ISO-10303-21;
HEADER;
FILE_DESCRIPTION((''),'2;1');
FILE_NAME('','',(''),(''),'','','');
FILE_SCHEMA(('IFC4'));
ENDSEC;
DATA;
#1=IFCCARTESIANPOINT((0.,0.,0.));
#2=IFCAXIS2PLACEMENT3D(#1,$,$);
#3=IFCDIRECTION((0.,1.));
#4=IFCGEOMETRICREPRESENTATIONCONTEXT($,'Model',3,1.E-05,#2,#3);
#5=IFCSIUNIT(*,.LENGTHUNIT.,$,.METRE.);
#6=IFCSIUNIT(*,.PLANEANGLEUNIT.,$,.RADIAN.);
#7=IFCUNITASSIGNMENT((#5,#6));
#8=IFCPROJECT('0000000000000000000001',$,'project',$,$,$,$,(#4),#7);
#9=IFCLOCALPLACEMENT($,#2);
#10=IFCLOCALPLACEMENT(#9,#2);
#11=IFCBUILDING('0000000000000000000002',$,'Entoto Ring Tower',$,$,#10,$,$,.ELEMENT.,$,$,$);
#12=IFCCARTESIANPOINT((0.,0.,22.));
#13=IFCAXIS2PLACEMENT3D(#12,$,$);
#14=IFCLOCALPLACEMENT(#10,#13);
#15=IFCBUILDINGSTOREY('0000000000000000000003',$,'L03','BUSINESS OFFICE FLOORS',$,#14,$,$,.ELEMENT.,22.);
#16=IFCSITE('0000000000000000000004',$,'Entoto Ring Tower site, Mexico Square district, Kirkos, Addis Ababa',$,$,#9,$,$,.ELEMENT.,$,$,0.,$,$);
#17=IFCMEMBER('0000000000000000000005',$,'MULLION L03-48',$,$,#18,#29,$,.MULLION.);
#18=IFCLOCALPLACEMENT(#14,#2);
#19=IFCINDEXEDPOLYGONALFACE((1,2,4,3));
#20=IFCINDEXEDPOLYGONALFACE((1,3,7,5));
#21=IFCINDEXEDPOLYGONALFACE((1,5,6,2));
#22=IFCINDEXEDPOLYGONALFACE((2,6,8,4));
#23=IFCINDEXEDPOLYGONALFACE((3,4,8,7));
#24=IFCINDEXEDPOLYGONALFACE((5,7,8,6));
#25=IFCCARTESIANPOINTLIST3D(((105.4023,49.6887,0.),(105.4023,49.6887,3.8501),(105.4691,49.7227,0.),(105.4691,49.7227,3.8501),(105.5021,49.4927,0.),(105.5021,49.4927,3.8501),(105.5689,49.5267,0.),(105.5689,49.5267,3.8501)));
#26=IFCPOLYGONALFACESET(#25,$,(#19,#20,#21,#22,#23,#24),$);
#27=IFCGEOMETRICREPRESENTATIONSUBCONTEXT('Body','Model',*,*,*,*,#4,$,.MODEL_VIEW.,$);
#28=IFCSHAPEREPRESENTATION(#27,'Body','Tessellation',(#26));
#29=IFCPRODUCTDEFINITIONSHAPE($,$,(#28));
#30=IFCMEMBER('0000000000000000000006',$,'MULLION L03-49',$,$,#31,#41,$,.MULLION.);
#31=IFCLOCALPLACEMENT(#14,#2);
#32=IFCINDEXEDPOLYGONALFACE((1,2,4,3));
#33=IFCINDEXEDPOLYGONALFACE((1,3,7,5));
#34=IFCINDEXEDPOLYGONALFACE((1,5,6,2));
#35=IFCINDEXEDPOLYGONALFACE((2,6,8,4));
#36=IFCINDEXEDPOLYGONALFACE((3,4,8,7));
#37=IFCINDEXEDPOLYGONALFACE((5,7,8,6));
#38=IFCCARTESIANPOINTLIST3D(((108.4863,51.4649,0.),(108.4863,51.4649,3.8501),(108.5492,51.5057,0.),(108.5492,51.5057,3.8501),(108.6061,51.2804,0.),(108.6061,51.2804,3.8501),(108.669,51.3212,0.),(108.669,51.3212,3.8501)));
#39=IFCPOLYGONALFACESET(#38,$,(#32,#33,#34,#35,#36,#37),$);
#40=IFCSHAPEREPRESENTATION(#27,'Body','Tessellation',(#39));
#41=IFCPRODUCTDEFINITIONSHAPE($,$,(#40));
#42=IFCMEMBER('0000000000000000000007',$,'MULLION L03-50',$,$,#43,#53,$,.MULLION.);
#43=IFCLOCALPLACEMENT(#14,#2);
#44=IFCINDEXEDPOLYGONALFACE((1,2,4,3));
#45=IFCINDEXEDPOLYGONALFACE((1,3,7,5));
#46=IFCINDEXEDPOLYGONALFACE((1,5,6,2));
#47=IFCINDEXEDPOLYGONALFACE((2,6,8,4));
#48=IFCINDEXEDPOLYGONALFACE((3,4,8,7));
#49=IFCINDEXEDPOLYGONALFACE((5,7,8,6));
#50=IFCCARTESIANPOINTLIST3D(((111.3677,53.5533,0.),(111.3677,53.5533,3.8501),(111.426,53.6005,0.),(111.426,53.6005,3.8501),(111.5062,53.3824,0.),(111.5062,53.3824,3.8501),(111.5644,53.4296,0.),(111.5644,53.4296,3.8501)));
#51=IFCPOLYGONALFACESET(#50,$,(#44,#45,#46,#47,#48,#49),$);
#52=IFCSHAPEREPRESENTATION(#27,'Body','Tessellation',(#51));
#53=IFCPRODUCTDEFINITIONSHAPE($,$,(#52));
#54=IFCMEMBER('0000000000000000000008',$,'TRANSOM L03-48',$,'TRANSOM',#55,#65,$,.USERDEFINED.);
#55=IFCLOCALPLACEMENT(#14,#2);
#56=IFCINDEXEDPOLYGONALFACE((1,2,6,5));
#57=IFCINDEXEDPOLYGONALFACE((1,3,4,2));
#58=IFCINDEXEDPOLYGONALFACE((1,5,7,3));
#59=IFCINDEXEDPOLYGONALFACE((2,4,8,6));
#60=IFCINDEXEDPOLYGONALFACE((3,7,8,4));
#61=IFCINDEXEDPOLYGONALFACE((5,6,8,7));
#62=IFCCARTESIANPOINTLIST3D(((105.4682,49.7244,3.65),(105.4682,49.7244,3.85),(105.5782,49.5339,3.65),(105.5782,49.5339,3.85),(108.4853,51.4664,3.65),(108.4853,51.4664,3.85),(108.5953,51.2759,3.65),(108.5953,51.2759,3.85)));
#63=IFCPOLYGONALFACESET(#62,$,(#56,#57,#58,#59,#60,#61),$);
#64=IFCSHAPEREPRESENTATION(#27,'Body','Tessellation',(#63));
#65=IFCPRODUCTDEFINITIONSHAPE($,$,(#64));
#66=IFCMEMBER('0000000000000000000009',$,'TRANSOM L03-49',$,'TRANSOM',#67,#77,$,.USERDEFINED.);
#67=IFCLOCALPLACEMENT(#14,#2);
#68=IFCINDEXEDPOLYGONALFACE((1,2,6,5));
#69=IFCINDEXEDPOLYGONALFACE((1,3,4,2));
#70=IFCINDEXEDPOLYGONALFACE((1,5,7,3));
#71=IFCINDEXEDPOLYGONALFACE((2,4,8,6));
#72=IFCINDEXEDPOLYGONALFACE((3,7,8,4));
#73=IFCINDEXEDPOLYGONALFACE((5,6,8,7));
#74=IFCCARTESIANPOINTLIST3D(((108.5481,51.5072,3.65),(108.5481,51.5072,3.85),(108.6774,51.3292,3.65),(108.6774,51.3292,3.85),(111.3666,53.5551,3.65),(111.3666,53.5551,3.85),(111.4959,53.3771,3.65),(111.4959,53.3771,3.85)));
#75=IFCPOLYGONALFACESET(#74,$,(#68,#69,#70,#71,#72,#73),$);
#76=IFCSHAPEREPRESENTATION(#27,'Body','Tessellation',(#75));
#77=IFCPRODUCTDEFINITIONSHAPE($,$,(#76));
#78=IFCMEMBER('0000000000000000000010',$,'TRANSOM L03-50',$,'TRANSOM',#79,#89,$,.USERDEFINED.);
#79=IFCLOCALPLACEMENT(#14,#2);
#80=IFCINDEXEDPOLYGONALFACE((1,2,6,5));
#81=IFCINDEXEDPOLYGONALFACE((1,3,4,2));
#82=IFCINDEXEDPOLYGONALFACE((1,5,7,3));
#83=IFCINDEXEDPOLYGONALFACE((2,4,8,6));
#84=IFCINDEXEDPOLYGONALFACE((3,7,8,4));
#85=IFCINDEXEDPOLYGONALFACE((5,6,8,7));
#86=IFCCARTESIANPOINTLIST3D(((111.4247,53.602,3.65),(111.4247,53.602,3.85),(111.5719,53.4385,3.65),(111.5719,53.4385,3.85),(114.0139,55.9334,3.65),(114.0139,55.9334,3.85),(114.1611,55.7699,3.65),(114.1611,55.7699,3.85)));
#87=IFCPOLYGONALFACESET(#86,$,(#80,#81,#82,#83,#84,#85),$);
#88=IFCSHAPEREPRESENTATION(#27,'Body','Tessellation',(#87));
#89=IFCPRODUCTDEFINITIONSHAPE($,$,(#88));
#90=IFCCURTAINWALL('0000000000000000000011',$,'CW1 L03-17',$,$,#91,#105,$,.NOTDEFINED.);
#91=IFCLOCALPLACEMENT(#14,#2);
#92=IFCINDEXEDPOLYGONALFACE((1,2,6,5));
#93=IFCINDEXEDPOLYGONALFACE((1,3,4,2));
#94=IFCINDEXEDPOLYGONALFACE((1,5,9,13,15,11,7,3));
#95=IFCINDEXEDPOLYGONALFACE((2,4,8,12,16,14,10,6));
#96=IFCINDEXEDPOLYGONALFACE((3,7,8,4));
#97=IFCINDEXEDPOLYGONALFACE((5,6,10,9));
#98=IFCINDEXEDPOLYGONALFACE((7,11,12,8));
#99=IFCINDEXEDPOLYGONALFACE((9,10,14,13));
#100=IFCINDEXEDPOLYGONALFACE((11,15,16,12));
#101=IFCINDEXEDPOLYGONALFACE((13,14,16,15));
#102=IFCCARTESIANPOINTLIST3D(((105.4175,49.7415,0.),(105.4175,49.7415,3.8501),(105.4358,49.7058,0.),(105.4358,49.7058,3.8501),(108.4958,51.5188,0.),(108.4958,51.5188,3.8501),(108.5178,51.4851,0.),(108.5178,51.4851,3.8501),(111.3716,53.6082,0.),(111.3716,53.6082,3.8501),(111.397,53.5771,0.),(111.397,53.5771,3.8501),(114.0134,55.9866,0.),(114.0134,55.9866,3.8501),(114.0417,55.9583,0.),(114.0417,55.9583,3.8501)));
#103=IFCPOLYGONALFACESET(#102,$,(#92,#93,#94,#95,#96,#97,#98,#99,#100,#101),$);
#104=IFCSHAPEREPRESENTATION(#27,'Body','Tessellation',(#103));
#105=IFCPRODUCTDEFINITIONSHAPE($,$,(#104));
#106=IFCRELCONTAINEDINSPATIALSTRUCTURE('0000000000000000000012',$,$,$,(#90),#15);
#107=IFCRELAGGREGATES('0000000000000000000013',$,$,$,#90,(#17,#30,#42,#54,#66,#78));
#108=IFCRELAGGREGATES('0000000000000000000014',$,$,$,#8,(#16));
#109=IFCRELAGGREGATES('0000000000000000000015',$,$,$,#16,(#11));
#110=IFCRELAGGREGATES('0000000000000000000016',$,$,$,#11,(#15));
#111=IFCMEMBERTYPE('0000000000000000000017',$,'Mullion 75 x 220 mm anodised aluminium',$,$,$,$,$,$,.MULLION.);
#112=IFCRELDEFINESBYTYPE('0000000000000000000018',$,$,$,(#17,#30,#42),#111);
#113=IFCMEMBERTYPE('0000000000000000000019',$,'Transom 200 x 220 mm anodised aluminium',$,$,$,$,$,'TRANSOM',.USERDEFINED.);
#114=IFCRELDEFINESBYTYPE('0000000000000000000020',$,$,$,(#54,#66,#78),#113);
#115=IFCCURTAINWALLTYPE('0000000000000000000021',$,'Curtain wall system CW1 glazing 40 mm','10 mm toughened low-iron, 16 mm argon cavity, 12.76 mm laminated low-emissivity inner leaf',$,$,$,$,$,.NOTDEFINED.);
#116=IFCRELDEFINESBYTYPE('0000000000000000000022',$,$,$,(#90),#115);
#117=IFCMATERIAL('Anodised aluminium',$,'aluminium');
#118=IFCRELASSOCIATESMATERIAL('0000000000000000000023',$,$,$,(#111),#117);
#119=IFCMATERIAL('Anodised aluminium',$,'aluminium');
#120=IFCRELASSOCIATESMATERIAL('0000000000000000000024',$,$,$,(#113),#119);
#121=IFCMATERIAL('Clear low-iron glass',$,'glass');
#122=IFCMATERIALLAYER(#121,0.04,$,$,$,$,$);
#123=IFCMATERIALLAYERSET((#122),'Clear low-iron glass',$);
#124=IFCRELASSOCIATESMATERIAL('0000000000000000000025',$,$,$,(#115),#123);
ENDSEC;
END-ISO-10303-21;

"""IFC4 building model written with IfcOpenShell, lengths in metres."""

from ifc_helpers import new_model, si_unit, direction, frame, origin, origin_2d, place, context, subcontext, project, spatial, polyline, rectangle, outline, extrude, material, layer, layer_set, material_profile, profile_set, type_object, element, aggregate, save


model = new_model("IFC4")

# Units and contexts
model_context = context("Model", 3, precision=1e-05, world=origin(), true_north=direction((0.0, 1.0)))
body_context = subcontext(model_context, "Body", "Model", "MODEL_VIEW")
ifc_project = project(units=[si_unit("LENGTHUNIT", "METRE"), si_unit("PLANEANGLEUNIT", "RADIAN")], contexts=[model_context])

# Members
ifc_material_1 = material(Name="Anodised aluminium", Category="aluminium")
ifc_material_profile_1 = material_profile(ifc_material_1, rectangle(XDim=0.075, YDim=0.22, at=origin_2d()), Name="Mullion 75 x 220 mm anodised aluminium")
ifc_profile_set_1 = profile_set([ifc_material_profile_1], Name="Anodised aluminium")
member_type_1 = type_object("IfcMemberType", Name="Mullion 75 x 220 mm anodised aluminium", PredefinedType="MULLION", material=ifc_profile_set_1)
site_placement = place(None, origin())
building_placement = place(site_placement, origin())
storey_placement = place(building_placement, frame((0.0, 0.0, 22.0)))
member_1_placement = place(storey_placement, frame((105.4856, 49.6077, 0.0), z_axis=(0.0, 0.0, 1.0), x_axis=(0.891007, 0.45399, 0.0)))
member_1 = element("IfcMember", 1, at=member_1_placement, type_object=member_type_1, Name="MULLION L03-48", PredefinedType="MULLION", context=body_context, shape_type="SweptSolid", body=[
    extrude(rectangle(XDim=0.075, YDim=0.22, at=origin_2d()), origin(), (0.0, 0.0, 1.0), 3.8501),
])
member_2_placement = place(storey_placement, frame((108.5776, 51.3931, 0.0), z_axis=(0.0, 0.0, 1.0), x_axis=(0.838671, 0.544639, 0.0)))
member_2 = element("IfcMember", 2, at=member_2_placement, type_object=member_type_1, Name="MULLION L03-49", PredefinedType="MULLION", context=body_context, shape_type="SweptSolid", body=[
    extrude(rectangle(XDim=0.075, YDim=0.22, at=origin_2d()), origin(), (0.0, 0.0, 1.0), 3.8501),
])
member_3_placement = place(storey_placement, frame((111.4661, 53.4915, 0.0), z_axis=(0.0, 0.0, 1.0), x_axis=(0.777146, 0.62932, 0.0)))
member_3 = element("IfcMember", 3, at=member_3_placement, type_object=member_type_1, Name="MULLION L03-50", PredefinedType="MULLION", context=body_context, shape_type="SweptSolid", body=[
    extrude(rectangle(XDim=0.075, YDim=0.22, at=origin_2d()), origin(), (0.0, 0.0, 1.0), 3.8501),
])
ifc_material_2 = material(Name="Anodised aluminium", Category="aluminium")
ifc_material_profile_2 = material_profile(ifc_material_2, rectangle(XDim=0.22, YDim=0.2, at=origin_2d()), Name="Transom 200 x 220 mm anodised aluminium")
ifc_profile_set_2 = profile_set([ifc_material_profile_2], Name="Anodised aluminium")
member_type_2 = type_object("IfcMemberType", Name="Transom 200 x 220 mm anodised aluminium", ElementType="TRANSOM", PredefinedType="USERDEFINED", material=ifc_profile_set_2)
member_4_placement = place(storey_placement, frame((105.5232, 49.6292, 3.75), z_axis=(0.866022, 0.500006, 0.0), x_axis=(-0.500006, 0.866022, 0.0)))
member_4 = element("IfcMember", 4, at=member_4_placement, type_object=member_type_2, Name="TRANSOM L03-48", ObjectType="TRANSOM", PredefinedType="USERDEFINED", context=body_context, shape_type="SweptSolid", body=[
    extrude(rectangle(XDim=0.22, YDim=0.2, at=origin_2d()), origin(), (0.0, 0.0, 1.0), 3.4839),
])
member_5_placement = place(storey_placement, frame((108.6128, 51.4182, 3.75), z_axis=(0.808991, 0.587822, 0.0), x_axis=(-0.587822, 0.808991, 0.0)))
member_5 = element("IfcMember", 5, at=member_5_placement, type_object=member_type_2, Name="TRANSOM L03-49", ObjectType="TRANSOM", PredefinedType="USERDEFINED", context=body_context, shape_type="SweptSolid", body=[
    extrude(rectangle(XDim=0.22, YDim=0.2, at=origin_2d()), origin(), (0.0, 0.0, 1.0), 3.4839),
])
member_6_placement = place(storey_placement, frame((111.4983, 53.5203, 3.75), z_axis=(0.743137, 0.669139, 0.0), x_axis=(-0.669139, 0.743137, 0.0)))
member_6 = element("IfcMember", 6, at=member_6_placement, type_object=member_type_2, Name="TRANSOM L03-50", ObjectType="TRANSOM", PredefinedType="USERDEFINED", context=body_context, shape_type="SweptSolid", body=[
    extrude(rectangle(XDim=0.22, YDim=0.2, at=origin_2d()), origin(), (0.0, 0.0, 1.0), 3.4841),
])

# Site, building, storey
site = spatial("IfcSite", under=ifc_project, at=site_placement, Name="Entoto Ring Tower site, Mexico Square district, Kirkos, Addis Ababa", CompositionType="ELEMENT", RefElevation=0.0)
building = spatial("IfcBuilding", under=site, at=building_placement, Name="Entoto Ring Tower", CompositionType="ELEMENT")
storey = spatial("IfcBuildingStorey", under=building, at=storey_placement, Name="L03", Description="BUSINESS OFFICE FLOORS", CompositionType="ELEMENT", Elevation=22.0)

# Curtain wall
ifc_material_3 = material(Name="Clear low-iron glass", Category="glass")
ifc_layer_1 = layer(ifc_material_3, 0.04)
ifc_layer_set_1 = layer_set([ifc_layer_1], Name="Clear low-iron glass")
curtain_wall_type = type_object("IfcCurtainWallType", Name="Curtain wall system CW1 glazing 40 mm", Description="10 mm toughened low-iron, 16 mm argon cavity, 12.76 mm laminated low-emissivity inner leaf", PredefinedType="NOTDEFINED", material=ifc_layer_set_1)
curtain_wall_1_placement = place(storey_placement, origin())
curtain_wall_1 = element("IfcCurtainWall", 7, at=curtain_wall_1_placement, inside=storey, type_object=curtain_wall_type, Name="CW1 L03-17", PredefinedType="NOTDEFINED", context=body_context, shape_type="SweptSolid", body=[
    extrude(outline(polyline([(105.4358, 49.7058), (108.5178, 51.4851), (111.397, 53.5771), (114.0417, 55.9583), (114.0134, 55.9866), (111.3716, 53.6082), (108.4958, 51.5188), (105.4175, 49.7415), (105.4358, 49.7058)])), origin(), (0.0, 0.0, 1.0), 3.8501),
])
aggregate(curtain_wall_1, [member_1, member_2, member_3, member_4, member_5, member_6])

save(model, "model.ifc")
